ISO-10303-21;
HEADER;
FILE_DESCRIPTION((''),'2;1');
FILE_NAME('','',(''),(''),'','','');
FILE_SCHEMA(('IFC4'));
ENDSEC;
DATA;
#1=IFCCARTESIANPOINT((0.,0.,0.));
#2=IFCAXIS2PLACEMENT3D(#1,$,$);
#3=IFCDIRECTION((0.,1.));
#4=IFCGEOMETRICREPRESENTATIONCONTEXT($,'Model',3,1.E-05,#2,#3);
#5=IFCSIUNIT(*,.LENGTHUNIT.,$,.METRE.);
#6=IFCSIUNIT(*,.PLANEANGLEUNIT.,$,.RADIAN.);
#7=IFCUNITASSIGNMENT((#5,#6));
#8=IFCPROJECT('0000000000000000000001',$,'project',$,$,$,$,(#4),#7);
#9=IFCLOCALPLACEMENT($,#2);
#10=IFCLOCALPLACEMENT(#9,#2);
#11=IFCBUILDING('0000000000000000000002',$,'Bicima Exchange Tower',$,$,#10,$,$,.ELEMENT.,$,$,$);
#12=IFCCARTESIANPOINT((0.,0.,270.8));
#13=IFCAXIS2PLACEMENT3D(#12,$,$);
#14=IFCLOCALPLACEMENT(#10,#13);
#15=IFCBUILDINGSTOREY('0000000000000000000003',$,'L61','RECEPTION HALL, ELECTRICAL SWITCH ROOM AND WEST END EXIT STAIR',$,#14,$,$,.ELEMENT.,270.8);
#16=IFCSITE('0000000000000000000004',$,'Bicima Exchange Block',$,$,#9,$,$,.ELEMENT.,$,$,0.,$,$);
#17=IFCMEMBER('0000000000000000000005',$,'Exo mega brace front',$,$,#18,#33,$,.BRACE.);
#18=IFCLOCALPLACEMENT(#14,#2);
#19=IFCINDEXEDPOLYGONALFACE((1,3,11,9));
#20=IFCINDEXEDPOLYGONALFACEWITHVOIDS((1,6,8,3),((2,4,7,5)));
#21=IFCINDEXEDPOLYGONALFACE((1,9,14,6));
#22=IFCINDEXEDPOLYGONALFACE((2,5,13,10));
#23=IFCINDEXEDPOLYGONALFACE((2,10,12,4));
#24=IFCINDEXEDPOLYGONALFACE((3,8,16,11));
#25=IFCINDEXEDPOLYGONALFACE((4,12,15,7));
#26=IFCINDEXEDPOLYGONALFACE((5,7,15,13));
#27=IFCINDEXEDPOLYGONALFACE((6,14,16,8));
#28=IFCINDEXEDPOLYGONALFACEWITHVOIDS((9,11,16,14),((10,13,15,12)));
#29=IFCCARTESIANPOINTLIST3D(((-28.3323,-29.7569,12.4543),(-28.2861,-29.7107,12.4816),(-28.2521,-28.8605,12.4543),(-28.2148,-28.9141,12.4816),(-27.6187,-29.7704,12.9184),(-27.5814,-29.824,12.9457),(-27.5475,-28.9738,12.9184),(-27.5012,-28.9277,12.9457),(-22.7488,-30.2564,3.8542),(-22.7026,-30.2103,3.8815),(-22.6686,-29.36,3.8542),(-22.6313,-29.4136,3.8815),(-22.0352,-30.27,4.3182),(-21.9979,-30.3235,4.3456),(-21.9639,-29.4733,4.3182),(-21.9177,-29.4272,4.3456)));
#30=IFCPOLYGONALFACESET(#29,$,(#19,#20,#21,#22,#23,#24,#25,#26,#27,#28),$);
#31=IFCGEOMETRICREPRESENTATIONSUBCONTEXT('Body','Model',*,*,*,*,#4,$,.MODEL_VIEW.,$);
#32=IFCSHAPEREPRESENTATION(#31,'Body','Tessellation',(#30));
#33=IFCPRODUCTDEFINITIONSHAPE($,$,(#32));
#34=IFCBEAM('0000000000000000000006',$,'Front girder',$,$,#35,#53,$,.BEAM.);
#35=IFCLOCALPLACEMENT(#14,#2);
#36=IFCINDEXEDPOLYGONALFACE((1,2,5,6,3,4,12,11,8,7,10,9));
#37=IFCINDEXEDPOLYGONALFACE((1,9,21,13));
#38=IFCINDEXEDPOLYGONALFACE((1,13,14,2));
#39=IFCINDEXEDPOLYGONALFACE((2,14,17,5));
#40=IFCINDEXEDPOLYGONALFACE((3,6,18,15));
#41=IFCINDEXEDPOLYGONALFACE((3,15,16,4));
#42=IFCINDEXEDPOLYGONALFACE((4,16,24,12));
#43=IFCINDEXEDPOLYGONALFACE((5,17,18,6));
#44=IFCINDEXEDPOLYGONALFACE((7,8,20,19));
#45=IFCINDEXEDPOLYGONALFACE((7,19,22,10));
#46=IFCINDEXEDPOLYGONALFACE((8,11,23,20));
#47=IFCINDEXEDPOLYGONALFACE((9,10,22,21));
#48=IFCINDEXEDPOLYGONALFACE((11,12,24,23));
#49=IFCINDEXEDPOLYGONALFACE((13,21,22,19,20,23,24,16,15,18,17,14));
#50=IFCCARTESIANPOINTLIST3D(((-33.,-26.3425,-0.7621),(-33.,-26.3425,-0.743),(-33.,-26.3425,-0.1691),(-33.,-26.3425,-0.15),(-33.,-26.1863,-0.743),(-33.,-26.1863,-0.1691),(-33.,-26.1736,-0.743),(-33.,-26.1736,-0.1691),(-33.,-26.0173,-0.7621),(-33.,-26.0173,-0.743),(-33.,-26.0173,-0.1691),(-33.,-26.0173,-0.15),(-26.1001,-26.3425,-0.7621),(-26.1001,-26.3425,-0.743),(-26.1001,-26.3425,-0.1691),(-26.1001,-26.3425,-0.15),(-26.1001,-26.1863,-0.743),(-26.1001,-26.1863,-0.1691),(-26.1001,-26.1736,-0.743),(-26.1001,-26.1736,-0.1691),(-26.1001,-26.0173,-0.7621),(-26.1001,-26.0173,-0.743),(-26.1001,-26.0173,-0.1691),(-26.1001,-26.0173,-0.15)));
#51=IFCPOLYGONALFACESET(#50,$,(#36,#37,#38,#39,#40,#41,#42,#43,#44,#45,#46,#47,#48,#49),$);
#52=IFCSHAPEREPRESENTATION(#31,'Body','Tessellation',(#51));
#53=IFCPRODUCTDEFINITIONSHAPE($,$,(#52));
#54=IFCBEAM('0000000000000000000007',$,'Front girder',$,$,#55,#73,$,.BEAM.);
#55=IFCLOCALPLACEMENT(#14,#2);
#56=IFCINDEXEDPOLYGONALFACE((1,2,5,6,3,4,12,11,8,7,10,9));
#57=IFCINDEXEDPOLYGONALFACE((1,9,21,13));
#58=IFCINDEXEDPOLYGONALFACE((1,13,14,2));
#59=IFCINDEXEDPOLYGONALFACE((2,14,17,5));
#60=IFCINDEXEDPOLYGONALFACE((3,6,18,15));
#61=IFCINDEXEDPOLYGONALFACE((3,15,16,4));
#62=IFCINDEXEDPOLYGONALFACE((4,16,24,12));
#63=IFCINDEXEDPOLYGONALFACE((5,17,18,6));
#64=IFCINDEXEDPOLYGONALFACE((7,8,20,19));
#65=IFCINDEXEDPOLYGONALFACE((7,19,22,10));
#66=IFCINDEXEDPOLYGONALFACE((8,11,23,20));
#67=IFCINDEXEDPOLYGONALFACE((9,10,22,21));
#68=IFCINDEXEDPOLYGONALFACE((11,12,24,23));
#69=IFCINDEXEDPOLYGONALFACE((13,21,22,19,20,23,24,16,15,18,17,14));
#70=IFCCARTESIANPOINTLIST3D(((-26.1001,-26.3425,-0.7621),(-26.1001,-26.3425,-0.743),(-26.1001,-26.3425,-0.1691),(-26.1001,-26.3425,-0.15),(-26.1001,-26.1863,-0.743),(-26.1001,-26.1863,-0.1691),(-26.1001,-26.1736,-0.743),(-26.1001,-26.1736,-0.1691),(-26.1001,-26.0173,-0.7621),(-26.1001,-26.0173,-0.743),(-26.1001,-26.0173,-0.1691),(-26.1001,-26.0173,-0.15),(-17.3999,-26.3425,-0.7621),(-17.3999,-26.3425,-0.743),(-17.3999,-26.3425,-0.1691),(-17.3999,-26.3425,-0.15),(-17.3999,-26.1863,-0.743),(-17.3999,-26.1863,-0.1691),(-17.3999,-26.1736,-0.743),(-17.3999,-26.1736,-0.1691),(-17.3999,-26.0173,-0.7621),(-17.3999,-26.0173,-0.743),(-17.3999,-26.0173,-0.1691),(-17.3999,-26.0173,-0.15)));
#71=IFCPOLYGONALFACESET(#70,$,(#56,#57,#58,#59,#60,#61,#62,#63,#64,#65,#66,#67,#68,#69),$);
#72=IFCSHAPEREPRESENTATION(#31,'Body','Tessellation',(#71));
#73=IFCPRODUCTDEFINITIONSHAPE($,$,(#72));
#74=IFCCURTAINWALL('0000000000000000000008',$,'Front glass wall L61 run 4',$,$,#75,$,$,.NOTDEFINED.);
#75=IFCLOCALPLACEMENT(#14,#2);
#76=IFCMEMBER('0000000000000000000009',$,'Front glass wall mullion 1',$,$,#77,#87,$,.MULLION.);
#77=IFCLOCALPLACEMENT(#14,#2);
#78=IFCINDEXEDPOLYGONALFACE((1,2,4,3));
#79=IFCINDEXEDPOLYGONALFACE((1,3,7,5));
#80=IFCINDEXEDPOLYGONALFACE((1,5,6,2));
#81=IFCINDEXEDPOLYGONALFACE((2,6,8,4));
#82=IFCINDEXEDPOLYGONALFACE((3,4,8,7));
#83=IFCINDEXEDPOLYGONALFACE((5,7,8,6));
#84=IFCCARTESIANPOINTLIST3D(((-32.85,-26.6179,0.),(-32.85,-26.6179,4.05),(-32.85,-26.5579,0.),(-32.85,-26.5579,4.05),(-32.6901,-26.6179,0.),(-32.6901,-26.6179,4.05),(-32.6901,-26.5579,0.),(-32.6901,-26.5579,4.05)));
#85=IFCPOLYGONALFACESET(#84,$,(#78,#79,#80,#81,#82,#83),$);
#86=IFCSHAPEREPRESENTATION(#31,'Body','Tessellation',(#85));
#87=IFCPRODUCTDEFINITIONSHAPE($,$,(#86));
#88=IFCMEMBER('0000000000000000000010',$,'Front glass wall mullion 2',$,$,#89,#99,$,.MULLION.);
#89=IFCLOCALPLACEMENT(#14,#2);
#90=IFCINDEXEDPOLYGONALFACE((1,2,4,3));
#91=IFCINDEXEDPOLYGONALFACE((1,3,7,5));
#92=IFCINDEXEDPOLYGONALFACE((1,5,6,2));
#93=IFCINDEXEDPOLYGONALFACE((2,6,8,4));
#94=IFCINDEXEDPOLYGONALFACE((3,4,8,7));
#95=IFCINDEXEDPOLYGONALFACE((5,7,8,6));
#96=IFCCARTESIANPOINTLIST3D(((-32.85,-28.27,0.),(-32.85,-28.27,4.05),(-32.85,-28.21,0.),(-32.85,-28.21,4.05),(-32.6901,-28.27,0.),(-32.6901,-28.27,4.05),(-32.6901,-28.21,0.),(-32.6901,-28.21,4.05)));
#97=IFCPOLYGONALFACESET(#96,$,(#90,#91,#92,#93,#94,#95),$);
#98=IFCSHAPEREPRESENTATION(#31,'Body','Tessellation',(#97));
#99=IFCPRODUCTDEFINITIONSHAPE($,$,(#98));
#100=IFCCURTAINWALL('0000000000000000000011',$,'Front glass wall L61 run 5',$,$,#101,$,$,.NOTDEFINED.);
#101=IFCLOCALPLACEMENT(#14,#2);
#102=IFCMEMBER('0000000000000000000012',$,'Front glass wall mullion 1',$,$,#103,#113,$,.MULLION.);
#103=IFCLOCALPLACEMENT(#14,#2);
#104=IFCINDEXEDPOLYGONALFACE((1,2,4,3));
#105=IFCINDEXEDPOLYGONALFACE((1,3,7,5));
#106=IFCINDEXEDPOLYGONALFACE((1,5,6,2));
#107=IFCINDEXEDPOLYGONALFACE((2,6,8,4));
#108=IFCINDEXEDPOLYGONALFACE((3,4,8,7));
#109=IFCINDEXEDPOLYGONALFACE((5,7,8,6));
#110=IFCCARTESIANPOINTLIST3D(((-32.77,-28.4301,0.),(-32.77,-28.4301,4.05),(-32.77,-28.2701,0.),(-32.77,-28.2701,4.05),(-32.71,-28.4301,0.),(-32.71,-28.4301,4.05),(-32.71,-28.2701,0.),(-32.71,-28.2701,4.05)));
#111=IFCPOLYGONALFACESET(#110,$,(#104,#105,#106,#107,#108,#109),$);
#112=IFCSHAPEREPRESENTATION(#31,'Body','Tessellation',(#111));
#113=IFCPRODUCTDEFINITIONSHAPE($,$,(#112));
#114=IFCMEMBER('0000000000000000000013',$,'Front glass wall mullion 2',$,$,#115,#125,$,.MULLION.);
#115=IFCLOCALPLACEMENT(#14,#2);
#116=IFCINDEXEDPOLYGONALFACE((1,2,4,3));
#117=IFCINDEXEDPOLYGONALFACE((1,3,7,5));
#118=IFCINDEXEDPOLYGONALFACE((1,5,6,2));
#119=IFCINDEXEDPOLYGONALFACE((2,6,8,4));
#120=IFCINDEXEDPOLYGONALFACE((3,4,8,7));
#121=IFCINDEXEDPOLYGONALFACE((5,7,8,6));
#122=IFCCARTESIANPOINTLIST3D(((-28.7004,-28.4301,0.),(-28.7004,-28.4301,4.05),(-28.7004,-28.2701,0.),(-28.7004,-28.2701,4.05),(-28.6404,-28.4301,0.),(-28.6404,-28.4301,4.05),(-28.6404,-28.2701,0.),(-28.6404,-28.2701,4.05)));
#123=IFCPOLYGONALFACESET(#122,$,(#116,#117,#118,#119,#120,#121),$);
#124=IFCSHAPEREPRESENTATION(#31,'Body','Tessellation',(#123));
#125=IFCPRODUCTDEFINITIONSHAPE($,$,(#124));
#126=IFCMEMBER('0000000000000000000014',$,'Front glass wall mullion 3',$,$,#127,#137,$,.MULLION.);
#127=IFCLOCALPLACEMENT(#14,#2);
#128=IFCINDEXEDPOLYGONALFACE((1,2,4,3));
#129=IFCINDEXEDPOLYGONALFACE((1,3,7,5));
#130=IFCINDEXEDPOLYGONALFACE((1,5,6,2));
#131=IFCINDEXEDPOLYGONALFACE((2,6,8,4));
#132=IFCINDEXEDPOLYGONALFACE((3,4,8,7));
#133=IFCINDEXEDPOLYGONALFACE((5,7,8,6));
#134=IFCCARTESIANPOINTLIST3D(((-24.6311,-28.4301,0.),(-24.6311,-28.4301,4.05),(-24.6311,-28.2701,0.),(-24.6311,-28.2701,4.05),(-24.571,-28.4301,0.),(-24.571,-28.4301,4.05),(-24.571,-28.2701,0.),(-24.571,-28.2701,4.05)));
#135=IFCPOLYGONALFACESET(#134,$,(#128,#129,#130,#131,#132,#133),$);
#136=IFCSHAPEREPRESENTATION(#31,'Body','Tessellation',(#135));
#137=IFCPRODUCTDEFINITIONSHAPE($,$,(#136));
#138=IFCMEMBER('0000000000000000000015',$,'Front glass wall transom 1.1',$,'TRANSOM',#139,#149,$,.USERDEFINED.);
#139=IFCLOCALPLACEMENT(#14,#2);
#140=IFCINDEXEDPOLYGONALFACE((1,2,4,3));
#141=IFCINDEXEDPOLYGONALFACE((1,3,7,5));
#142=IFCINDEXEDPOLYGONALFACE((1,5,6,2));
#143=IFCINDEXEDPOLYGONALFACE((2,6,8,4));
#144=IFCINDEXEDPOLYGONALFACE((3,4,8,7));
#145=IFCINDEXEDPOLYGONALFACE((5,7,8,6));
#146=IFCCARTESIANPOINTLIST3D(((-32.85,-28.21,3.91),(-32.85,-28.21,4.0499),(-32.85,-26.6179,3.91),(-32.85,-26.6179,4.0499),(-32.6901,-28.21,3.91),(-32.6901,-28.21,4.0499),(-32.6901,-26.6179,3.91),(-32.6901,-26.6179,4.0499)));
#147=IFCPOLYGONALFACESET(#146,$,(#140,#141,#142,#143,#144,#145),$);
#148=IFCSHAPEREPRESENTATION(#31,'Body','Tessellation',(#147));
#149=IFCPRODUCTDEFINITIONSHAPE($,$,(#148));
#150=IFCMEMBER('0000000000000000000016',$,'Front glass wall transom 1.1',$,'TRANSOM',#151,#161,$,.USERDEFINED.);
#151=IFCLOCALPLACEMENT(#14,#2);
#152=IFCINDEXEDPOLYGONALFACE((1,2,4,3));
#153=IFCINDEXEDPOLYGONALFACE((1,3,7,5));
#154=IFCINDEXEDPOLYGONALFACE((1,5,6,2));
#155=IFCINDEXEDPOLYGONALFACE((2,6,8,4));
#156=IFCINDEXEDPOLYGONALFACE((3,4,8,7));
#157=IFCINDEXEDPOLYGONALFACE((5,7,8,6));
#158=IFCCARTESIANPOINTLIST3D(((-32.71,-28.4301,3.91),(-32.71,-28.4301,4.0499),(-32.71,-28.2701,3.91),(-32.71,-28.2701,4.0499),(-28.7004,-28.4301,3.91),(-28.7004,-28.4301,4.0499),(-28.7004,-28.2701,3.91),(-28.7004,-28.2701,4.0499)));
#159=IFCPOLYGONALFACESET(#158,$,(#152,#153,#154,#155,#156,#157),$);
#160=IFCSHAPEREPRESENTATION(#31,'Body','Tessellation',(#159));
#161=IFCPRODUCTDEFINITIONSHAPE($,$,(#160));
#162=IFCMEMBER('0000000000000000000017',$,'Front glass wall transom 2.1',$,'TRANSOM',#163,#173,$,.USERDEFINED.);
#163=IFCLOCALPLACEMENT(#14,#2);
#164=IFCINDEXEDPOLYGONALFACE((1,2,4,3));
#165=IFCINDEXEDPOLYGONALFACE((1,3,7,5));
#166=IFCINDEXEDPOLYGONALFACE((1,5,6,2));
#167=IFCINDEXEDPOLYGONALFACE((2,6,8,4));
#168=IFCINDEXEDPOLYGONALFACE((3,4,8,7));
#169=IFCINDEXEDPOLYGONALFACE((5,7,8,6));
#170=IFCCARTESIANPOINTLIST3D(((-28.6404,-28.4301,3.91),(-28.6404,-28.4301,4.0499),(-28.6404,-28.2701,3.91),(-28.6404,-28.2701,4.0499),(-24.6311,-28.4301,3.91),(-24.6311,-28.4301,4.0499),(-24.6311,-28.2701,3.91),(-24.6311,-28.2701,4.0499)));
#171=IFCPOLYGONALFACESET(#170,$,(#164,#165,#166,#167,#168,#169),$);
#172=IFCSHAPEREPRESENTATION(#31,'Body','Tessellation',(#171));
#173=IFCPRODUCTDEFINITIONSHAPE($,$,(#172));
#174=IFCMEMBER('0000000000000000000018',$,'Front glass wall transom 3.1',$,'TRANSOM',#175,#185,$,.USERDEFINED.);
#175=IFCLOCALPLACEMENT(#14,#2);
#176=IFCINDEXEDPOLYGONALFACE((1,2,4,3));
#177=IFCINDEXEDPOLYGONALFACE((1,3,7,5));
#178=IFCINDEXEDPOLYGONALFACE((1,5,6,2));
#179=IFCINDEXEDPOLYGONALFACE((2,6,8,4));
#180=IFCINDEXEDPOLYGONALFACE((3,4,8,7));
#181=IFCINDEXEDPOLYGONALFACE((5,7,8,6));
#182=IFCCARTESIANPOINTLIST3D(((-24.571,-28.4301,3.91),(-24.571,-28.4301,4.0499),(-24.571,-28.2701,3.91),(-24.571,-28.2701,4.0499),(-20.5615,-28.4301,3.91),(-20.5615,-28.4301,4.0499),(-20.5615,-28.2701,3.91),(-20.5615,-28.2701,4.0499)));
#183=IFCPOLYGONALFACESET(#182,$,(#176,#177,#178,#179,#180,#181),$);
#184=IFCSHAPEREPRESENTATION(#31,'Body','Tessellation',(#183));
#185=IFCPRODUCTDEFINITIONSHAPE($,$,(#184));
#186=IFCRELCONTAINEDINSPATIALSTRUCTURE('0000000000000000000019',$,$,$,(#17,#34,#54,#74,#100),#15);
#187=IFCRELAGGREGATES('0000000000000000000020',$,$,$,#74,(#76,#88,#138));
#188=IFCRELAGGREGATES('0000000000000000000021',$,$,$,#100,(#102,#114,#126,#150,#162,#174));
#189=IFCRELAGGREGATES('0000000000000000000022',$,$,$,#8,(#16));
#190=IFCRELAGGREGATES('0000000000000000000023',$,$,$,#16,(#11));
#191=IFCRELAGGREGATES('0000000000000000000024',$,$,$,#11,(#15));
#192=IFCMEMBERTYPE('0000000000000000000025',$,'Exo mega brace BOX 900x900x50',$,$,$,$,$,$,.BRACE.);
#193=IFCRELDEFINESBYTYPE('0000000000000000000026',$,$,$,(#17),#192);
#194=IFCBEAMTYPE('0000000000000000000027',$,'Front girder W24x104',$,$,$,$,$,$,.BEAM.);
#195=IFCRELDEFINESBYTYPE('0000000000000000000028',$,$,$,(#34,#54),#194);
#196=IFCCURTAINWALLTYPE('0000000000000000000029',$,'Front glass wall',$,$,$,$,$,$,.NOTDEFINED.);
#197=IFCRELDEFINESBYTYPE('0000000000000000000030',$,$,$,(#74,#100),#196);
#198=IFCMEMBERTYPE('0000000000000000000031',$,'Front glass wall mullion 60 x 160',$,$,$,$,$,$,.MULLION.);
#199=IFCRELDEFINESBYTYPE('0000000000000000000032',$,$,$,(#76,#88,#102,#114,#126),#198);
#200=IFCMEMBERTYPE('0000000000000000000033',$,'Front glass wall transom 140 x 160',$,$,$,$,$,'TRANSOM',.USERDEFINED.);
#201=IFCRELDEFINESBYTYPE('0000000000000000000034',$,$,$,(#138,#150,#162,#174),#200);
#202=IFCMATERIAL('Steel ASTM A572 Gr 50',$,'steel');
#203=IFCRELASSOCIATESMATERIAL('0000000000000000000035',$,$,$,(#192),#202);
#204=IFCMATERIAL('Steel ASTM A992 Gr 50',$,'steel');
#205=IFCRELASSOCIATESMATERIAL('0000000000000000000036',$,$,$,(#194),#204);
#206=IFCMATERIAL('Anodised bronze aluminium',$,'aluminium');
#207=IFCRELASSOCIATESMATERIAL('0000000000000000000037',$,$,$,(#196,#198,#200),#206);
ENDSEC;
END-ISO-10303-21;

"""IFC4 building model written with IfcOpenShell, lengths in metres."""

from ifc_helpers import new_model, si_unit, direction, frame, origin, origin_2d, place, context, subcontext, project, spatial, rectangle, hollow_rectangle, i_section, extrude, material, material_profile, profile_set, type_object, element, aggregate, save


model = new_model("IFC4")

# Units and contexts
model_context = context("Model", 3, precision=1e-05, world=origin(), true_north=direction((0.0, 1.0)))
body_context = subcontext(model_context, "Body", "Model", "MODEL_VIEW")
ifc_project = project(units=[si_unit("LENGTHUNIT", "METRE"), si_unit("PLANEANGLEUNIT", "RADIAN")], contexts=[model_context])

# Site, building, storey
site_placement = place(None, origin())
site = spatial("IfcSite", under=ifc_project, at=site_placement, Name="Bicima Exchange Block", CompositionType="ELEMENT", RefElevation=0.0)
building_placement = place(site_placement, origin())
building = spatial("IfcBuilding", under=site, at=building_placement, Name="Bicima Exchange Tower", CompositionType="ELEMENT")
storey_placement = place(building_placement, frame((0.0, 0.0, 270.8)))
storey = spatial("IfcBuildingStorey", under=building, at=storey_placement, Name="L61", Description="RECEPTION HALL, ELECTRICAL SWITCH ROOM AND WEST END EXIT STAIR", CompositionType="ELEMENT", Elevation=270.8)

# Member
ifc_material_1 = material(Name="Steel ASTM A572 Gr 50", Category="steel")
ifc_material_profile_1 = material_profile(ifc_material_1, hollow_rectangle(XDim=0.8999, YDim=0.8999, WallThickness=0.05, at=origin_2d()))
ifc_profile_set_1 = profile_set([ifc_material_profile_1], Name="Steel ASTM A572 Gr 50")
member_type_1 = type_object("IfcMemberType", Name="Exo mega brace BOX 900x900x50", PredefinedType="BRACE", material=ifc_profile_set_1)
member_1_placement = place(storey_placement, frame((-22.3333, -29.8418, 4.0999), z_axis=(-0.543893, 0.048658, 0.837743), x_axis=(-0.089106, -0.996022, 0.0)))
element("IfcMember", 1, at=member_1_placement, inside=storey, type_object=member_type_1, Name="Exo mega brace front", PredefinedType="BRACE", context=body_context, shape_type="SweptSolid", body=[
    extrude(hollow_rectangle(XDim=0.8999, YDim=0.8999, WallThickness=0.05, at=origin_2d()), origin(), (0.0, 0.0, 1.0), 10.2659),
])

# Beams
ifc_material_2 = material(Name="Steel ASTM A992 Gr 50", Category="steel")
ifc_material_profile_2 = material_profile(ifc_material_2, i_section(OverallWidth=0.3252, OverallDepth=0.6121, WebThickness=0.0127, FlangeThickness=0.019, at=origin_2d()))
ifc_profile_set_2 = profile_set([ifc_material_profile_2], Name="Steel ASTM A992 Gr 50")
beam_type = type_object("IfcBeamType", Name="Front girder W24x104", PredefinedType="BEAM", material=ifc_profile_set_2)
beam_1_placement = place(storey_placement, frame((-33.0, -26.1799, -0.4561), z_axis=(1.0, 0.0, 0.0), x_axis=(0.0, 1.0, 0.0)))
element("IfcBeam", 2, at=beam_1_placement, inside=storey, type_object=beam_type, Name="Front girder", PredefinedType="BEAM", context=body_context, shape_type="SweptSolid", body=[
    extrude(i_section(OverallWidth=0.3252, OverallDepth=0.6121, WebThickness=0.0127, FlangeThickness=0.019, at=origin_2d()), origin(), (0.0, 0.0, 1.0), 6.8999),
])
beam_2_placement = place(storey_placement, frame((-26.1001, -26.1799, -0.4561), z_axis=(1.0, 0.0, 0.0), x_axis=(0.0, 1.0, 0.0)))
element("IfcBeam", 3, at=beam_2_placement, inside=storey, type_object=beam_type, Name="Front girder", PredefinedType="BEAM", context=body_context, shape_type="SweptSolid", body=[
    extrude(i_section(OverallWidth=0.3252, OverallDepth=0.6121, WebThickness=0.0127, FlangeThickness=0.019, at=origin_2d()), origin(), (0.0, 0.0, 1.0), 8.7002),
])

# Curtain walls, members
ifc_material_3 = material(Name="Anodised bronze aluminium", Category="aluminium")
curtain_wall_type = type_object("IfcCurtainWallType", Name="Front glass wall", PredefinedType="NOTDEFINED", material=ifc_material_3)
curtain_wall_1_placement = place(storey_placement, origin())
curtain_wall_1 = element("IfcCurtainWall", 4, at=curtain_wall_1_placement, inside=storey, type_object=curtain_wall_type, Name="Front glass wall L61 run 4", PredefinedType="NOTDEFINED")
ifc_material_profile_3 = material_profile(ifc_material_3, rectangle(XDim=0.1599, YDim=0.0601, at=origin_2d()))
ifc_profile_set_3 = profile_set([ifc_material_profile_3], Name="Anodised bronze aluminium")
member_type_2 = type_object("IfcMemberType", Name="Front glass wall mullion 60 x 160", PredefinedType="MULLION", material=ifc_profile_set_3)
member_2_placement = place(storey_placement, frame((-32.77, -26.5879, 0.0), z_axis=(0.0, 0.0, 1.0), x_axis=(1.0, 0.0, 0.0)))
member_2 = element("IfcMember", 5, at=member_2_placement, type_object=member_type_2, Name="Front glass wall mullion 1", PredefinedType="MULLION", context=body_context, shape_type="SweptSolid", body=[
    extrude(rectangle(XDim=0.1599, YDim=0.0601, at=origin_2d()), origin(), (0.0, 0.0, 1.0), 4.05),
])
member_3_placement = place(storey_placement, frame((-32.77, -28.24, 0.0), z_axis=(0.0, 0.0, 1.0), x_axis=(1.0, 0.0, 0.0)))
member_3 = element("IfcMember", 6, at=member_3_placement, type_object=member_type_2, Name="Front glass wall mullion 2", PredefinedType="MULLION", context=body_context, shape_type="SweptSolid", body=[
    extrude(rectangle(XDim=0.1599, YDim=0.0601, at=origin_2d()), origin(), (0.0, 0.0, 1.0), 4.05),
])
curtain_wall_2_placement = place(storey_placement, origin())
curtain_wall_2 = element("IfcCurtainWall", 7, at=curtain_wall_2_placement, inside=storey, type_object=curtain_wall_type, Name="Front glass wall L61 run 5", PredefinedType="NOTDEFINED")
member_4_placement = place(storey_placement, frame((-32.74, -28.3501, 0.0), z_axis=(0.0, 0.0, 1.0), x_axis=(0.0, 1.0, 0.0)))
member_4 = element("IfcMember", 8, at=member_4_placement, type_object=member_type_2, Name="Front glass wall mullion 1", PredefinedType="MULLION", context=body_context, shape_type="SweptSolid", body=[
    extrude(rectangle(XDim=0.1599, YDim=0.0601, at=origin_2d()), origin(), (0.0, 0.0, 1.0), 4.05),
])
member_5_placement = place(storey_placement, frame((-28.6704, -28.3501, 0.0), z_axis=(0.0, 0.0, 1.0), x_axis=(0.0, 1.0, 0.0)))
member_5 = element("IfcMember", 9, at=member_5_placement, type_object=member_type_2, Name="Front glass wall mullion 2", PredefinedType="MULLION", context=body_context, shape_type="SweptSolid", body=[
    extrude(rectangle(XDim=0.1599, YDim=0.0601, at=origin_2d()), origin(), (0.0, 0.0, 1.0), 4.05),
])
member_6_placement = place(storey_placement, frame((-24.6011, -28.3501, 0.0), z_axis=(0.0, 0.0, 1.0), x_axis=(0.0, 1.0, 0.0)))
member_6 = element("IfcMember", 10, at=member_6_placement, type_object=member_type_2, Name="Front glass wall mullion 3", PredefinedType="MULLION", context=body_context, shape_type="SweptSolid", body=[
    extrude(rectangle(XDim=0.1599, YDim=0.0601, at=origin_2d()), origin(), (0.0, 0.0, 1.0), 4.05),
])

# Members
ifc_material_profile_4 = material_profile(ifc_material_3, rectangle(XDim=0.1599, YDim=0.1399, at=origin_2d()))
ifc_profile_set_4 = profile_set([ifc_material_profile_4], Name="Anodised bronze aluminium")
member_type_3 = type_object("IfcMemberType", Name="Front glass wall transom 140 x 160", ElementType="TRANSOM", PredefinedType="USERDEFINED", material=ifc_profile_set_4)
member_7_placement = place(storey_placement, frame((-32.77, -26.6179, 3.98), z_axis=(0.0, -1.0, 0.0), x_axis=(1.0, 0.0, 0.0)))
member_7 = element("IfcMember", 11, at=member_7_placement, type_object=member_type_3, Name="Front glass wall transom 1.1", ObjectType="TRANSOM", PredefinedType="USERDEFINED", context=body_context, shape_type="SweptSolid", body=[
    extrude(rectangle(XDim=0.1599, YDim=0.1399, at=origin_2d()), origin(), (0.0, 0.0, 1.0), 1.592),
])
member_8_placement = place(storey_placement, frame((-32.71, -28.3501, 3.98), z_axis=(1.0, 0.0, 0.0), x_axis=(0.0, 1.0, 0.0)))
member_8 = element("IfcMember", 12, at=member_8_placement, type_object=member_type_3, Name="Front glass wall transom 1.1", ObjectType="TRANSOM", PredefinedType="USERDEFINED", context=body_context, shape_type="SweptSolid", body=[
    extrude(rectangle(XDim=0.1599, YDim=0.1399, at=origin_2d()), origin(), (0.0, 0.0, 1.0), 4.0095),
])
member_9_placement = place(storey_placement, frame((-28.6404, -28.3501, 3.98), z_axis=(1.0, 0.0, 0.0), x_axis=(0.0, 1.0, 0.0)))
member_9 = element("IfcMember", 13, at=member_9_placement, type_object=member_type_3, Name="Front glass wall transom 2.1", ObjectType="TRANSOM", PredefinedType="USERDEFINED", context=body_context, shape_type="SweptSolid", body=[
    extrude(rectangle(XDim=0.1599, YDim=0.1399, at=origin_2d()), origin(), (0.0, 0.0, 1.0), 4.0093),
])
member_10_placement = place(storey_placement, frame((-24.571, -28.3501, 3.98), z_axis=(1.0, 0.0, 0.0), x_axis=(0.0, 1.0, 0.0)))
member_10 = element("IfcMember", 14, at=member_10_placement, type_object=member_type_3, Name="Front glass wall transom 3.1", ObjectType="TRANSOM", PredefinedType="USERDEFINED", context=body_context, shape_type="SweptSolid", body=[
    extrude(rectangle(XDim=0.1599, YDim=0.1399, at=origin_2d()), origin(), (0.0, 0.0, 1.0), 4.0095),
])

aggregate(curtain_wall_1, [member_2, member_3, member_7])
aggregate(curtain_wall_2, [member_4, member_5, member_6, member_8, member_9, member_10])

save(model, "model.ifc")
